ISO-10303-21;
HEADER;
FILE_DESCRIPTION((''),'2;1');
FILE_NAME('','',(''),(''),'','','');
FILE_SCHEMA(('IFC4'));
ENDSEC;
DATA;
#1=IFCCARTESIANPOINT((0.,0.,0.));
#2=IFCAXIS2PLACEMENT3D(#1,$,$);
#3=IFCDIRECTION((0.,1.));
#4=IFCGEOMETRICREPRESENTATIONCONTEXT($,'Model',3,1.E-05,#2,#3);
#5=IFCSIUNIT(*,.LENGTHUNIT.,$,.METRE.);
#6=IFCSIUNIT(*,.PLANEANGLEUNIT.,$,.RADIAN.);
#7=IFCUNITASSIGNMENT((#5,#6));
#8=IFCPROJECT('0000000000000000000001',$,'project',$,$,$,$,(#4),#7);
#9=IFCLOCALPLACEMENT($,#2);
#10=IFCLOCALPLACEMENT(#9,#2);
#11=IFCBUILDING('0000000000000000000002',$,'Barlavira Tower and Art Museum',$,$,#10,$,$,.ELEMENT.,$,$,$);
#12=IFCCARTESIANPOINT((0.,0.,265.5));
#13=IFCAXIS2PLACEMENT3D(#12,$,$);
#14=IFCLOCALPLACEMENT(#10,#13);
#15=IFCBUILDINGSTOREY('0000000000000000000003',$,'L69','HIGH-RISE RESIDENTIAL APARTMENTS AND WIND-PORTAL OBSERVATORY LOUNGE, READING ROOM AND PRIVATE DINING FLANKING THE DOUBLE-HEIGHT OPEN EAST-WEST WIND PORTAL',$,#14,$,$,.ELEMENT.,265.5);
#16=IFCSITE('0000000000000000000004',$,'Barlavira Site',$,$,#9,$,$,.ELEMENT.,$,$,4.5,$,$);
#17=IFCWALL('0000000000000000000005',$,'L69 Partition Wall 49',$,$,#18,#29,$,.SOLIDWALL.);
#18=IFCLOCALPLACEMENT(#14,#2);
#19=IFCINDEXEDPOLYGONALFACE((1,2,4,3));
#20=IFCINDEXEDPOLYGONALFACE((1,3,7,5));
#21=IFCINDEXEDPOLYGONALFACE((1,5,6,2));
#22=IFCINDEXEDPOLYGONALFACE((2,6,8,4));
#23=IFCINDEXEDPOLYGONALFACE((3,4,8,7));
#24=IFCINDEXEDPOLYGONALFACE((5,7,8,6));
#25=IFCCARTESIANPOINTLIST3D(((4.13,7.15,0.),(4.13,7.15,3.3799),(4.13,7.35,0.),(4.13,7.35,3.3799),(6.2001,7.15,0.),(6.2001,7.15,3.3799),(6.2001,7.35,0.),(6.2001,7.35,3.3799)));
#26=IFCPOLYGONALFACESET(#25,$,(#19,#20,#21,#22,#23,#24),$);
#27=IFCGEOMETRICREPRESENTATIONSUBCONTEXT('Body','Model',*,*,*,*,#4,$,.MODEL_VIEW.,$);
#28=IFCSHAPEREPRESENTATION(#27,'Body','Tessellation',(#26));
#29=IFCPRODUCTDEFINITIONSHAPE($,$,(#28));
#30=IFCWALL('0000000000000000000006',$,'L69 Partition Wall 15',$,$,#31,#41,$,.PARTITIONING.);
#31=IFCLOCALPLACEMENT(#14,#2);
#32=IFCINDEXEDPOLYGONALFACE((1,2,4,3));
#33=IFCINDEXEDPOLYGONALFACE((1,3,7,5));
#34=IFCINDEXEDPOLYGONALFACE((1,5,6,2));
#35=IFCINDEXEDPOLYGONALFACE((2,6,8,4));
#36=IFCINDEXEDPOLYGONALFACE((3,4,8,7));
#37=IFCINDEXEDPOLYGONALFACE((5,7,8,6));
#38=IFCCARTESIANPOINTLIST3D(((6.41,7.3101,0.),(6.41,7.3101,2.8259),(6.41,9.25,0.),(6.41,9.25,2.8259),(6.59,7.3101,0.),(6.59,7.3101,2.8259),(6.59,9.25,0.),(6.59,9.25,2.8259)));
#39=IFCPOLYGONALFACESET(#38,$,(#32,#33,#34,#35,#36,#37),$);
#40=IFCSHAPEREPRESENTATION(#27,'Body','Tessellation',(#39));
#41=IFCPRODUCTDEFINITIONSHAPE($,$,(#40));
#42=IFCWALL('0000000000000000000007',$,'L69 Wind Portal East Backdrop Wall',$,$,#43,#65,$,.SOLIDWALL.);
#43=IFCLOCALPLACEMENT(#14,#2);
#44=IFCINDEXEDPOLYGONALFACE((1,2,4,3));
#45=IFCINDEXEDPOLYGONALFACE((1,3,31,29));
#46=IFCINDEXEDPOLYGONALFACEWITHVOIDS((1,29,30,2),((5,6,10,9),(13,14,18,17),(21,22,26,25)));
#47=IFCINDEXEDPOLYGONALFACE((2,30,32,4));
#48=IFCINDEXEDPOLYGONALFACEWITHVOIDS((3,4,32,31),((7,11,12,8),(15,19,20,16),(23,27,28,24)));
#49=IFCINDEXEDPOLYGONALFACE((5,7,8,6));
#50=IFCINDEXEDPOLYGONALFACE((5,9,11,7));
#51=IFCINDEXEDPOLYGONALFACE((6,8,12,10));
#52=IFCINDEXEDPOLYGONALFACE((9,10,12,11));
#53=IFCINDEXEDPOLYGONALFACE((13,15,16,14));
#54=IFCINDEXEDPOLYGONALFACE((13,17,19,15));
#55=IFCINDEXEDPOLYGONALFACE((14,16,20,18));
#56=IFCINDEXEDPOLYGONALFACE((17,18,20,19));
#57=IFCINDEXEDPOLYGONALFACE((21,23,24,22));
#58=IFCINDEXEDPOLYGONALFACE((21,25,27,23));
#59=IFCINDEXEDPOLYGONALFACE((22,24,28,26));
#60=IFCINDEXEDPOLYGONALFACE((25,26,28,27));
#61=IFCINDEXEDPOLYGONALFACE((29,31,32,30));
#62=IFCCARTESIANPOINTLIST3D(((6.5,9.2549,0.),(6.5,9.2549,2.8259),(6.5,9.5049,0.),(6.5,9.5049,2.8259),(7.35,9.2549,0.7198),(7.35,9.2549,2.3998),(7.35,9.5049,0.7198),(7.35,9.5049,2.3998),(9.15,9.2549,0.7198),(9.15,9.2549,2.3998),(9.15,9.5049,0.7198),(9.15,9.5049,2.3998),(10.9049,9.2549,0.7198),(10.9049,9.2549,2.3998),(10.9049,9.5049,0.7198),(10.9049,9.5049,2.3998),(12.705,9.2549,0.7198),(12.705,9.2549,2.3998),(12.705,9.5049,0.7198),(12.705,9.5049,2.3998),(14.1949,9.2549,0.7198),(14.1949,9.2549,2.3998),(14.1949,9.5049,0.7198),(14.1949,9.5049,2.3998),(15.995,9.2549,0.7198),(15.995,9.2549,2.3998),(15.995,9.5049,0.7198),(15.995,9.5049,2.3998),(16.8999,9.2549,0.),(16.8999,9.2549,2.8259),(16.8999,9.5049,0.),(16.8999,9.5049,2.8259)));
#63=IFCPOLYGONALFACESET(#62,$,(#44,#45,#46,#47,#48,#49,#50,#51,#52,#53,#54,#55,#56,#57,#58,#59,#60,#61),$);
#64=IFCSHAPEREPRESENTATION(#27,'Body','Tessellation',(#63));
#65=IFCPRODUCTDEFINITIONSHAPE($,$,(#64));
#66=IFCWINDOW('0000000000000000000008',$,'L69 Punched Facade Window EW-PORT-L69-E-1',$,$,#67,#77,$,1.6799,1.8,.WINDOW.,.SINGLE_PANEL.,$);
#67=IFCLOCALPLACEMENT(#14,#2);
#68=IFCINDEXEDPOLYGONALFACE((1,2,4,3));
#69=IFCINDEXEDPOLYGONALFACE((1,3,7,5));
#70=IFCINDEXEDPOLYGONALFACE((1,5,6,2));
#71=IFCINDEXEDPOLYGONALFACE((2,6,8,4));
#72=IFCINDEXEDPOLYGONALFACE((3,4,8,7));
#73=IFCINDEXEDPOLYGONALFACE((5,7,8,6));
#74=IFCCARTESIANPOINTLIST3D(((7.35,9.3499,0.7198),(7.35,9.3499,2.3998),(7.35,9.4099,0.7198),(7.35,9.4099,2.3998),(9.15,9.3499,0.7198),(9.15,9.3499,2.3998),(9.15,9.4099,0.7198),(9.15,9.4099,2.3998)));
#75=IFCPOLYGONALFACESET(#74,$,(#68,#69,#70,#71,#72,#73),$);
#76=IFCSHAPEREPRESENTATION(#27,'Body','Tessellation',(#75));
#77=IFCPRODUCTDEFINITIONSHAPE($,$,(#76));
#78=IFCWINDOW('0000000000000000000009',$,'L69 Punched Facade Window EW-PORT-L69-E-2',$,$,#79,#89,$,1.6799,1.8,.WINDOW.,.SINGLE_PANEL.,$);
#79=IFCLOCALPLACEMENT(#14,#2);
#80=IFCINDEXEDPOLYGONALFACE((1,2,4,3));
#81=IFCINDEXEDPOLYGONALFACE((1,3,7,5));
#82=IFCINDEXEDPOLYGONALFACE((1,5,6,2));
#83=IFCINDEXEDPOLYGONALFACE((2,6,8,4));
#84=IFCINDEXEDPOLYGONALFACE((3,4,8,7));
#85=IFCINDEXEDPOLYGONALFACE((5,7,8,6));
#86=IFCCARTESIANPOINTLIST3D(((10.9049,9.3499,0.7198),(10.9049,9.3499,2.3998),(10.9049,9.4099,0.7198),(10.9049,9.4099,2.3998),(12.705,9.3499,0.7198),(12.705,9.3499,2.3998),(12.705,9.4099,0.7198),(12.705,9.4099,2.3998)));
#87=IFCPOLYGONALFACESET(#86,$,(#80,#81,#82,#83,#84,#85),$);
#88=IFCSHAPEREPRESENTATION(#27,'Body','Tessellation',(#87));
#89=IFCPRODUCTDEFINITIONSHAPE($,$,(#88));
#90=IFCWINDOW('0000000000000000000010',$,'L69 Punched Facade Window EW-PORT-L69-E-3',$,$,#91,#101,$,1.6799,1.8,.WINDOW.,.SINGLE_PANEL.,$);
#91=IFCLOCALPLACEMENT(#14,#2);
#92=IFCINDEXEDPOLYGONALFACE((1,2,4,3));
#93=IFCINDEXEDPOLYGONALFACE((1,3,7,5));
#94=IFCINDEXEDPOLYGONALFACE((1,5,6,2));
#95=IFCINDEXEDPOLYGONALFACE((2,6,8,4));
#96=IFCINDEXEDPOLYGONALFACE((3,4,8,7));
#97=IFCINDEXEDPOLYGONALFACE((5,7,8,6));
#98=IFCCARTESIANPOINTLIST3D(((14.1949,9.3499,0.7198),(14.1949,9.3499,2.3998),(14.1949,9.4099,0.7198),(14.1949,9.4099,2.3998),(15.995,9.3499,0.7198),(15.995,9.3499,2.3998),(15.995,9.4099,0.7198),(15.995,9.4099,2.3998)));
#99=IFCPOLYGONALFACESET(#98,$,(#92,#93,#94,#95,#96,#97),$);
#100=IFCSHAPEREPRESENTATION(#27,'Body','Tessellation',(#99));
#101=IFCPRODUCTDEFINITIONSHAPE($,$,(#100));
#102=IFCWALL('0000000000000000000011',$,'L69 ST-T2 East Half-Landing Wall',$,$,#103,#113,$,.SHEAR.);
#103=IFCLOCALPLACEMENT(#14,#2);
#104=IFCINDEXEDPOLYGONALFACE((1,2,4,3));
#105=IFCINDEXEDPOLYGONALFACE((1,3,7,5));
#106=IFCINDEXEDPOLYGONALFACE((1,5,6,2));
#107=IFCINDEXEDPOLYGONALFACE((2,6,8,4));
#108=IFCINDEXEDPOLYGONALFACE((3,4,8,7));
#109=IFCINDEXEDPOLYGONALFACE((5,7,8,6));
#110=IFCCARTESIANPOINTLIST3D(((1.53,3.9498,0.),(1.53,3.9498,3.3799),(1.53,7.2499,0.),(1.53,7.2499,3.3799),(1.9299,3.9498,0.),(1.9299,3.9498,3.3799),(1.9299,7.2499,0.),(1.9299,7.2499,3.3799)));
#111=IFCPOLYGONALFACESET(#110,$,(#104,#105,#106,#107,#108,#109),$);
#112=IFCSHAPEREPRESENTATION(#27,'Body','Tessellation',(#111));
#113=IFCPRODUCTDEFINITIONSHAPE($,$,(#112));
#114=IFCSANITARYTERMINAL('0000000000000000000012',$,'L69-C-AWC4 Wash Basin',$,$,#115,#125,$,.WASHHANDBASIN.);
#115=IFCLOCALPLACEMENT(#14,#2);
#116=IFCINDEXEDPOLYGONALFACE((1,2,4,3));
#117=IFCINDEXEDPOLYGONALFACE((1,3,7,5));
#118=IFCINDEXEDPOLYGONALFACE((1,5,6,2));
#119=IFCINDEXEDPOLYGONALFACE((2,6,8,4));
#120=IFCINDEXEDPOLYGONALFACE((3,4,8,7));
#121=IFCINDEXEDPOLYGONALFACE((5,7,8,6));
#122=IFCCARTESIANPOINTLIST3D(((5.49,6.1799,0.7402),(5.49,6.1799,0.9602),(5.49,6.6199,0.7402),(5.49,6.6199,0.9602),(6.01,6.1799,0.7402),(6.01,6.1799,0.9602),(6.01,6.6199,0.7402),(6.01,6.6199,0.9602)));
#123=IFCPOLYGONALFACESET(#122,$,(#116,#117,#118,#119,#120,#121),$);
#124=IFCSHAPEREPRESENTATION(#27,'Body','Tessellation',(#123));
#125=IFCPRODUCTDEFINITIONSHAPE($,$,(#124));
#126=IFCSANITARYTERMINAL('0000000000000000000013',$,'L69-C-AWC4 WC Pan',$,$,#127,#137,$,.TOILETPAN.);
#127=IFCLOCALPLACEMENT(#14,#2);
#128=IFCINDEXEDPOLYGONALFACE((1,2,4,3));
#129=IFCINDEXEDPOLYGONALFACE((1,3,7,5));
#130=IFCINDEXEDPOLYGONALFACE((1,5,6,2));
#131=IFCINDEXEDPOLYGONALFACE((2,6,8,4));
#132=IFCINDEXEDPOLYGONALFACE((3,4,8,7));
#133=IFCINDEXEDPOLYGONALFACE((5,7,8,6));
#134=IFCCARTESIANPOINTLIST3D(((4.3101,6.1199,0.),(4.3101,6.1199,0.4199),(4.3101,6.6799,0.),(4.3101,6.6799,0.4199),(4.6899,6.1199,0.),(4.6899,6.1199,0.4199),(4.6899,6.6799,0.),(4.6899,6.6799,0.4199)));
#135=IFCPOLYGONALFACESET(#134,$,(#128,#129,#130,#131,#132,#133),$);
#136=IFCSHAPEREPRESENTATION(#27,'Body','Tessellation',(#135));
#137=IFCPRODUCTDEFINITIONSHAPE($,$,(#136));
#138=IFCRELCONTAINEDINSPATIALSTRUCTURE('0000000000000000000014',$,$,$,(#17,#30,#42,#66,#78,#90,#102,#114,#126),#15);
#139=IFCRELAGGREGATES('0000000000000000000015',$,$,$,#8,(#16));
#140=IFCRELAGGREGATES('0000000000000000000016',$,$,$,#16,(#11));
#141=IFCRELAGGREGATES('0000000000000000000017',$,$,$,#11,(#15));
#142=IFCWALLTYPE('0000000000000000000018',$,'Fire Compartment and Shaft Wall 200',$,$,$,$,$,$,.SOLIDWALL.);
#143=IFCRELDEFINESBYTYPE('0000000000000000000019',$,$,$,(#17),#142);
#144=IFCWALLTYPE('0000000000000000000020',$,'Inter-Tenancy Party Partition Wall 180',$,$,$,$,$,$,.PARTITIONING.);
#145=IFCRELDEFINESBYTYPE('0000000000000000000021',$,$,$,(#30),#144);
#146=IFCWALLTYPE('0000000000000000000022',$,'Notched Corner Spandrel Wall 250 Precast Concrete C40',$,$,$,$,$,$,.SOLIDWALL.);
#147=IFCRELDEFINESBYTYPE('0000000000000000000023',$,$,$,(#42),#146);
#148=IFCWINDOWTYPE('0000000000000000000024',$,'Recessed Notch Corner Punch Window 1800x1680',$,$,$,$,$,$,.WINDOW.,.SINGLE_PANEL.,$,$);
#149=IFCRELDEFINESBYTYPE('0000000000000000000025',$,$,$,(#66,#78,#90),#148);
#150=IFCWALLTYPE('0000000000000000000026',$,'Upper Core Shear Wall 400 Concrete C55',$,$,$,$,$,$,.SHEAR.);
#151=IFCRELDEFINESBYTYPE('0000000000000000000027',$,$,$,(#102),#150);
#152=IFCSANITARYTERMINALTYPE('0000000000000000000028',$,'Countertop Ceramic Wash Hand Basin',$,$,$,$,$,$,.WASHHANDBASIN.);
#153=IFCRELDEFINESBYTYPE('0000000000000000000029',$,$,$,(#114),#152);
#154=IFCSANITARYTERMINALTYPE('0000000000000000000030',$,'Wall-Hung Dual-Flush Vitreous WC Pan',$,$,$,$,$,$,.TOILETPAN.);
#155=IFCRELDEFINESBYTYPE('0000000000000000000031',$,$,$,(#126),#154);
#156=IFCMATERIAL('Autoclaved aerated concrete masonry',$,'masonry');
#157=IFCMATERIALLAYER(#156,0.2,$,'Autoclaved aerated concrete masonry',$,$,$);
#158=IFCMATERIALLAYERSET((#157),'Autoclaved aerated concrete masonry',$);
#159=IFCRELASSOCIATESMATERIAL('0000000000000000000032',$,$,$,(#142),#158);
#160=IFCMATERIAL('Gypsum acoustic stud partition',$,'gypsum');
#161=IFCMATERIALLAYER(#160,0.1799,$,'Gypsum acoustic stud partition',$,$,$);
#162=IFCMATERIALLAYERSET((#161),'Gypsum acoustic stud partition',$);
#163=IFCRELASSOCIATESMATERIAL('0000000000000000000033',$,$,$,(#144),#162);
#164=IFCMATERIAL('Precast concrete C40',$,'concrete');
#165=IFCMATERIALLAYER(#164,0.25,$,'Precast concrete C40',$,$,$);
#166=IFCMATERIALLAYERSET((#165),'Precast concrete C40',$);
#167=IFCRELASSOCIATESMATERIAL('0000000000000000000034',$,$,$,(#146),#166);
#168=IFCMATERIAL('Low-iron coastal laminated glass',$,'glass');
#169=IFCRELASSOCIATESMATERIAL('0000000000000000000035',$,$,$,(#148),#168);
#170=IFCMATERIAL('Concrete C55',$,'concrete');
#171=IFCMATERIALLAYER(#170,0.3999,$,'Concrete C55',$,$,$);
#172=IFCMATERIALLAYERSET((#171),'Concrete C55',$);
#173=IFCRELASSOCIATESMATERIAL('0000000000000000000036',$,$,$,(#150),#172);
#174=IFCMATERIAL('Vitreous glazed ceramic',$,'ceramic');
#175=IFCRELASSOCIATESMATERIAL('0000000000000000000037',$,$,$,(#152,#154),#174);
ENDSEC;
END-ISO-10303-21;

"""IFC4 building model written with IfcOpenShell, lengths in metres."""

from ifc_helpers import new_model, si_unit, direction, frame, frame_2d, origin, origin_2d, place, context, subcontext, project, spatial, rectangle, extrude, material, layer, layer_set, type_object, element, fill, save


model = new_model("IFC4")

# Units and contexts
model_context = context("Model", 3, precision=1e-05, world=origin(), true_north=direction((0.0, 1.0)))
body_context = subcontext(model_context, "Body", "Model", "MODEL_VIEW")
ifc_project = project(units=[si_unit("LENGTHUNIT", "METRE"), si_unit("PLANEANGLEUNIT", "RADIAN")], contexts=[model_context])

# Site, building, storey
site_placement = place(None, origin())
site = spatial("IfcSite", under=ifc_project, at=site_placement, Name="Barlavira Site", CompositionType="ELEMENT", RefElevation=4.5)
building_placement = place(site_placement, origin())
building = spatial("IfcBuilding", under=site, at=building_placement, Name="Barlavira Tower and Art Museum", CompositionType="ELEMENT")
storey_placement = place(building_placement, frame((0.0, 0.0, 265.5)))
storey = spatial("IfcBuildingStorey", under=building, at=storey_placement, Name="L69", Description="HIGH-RISE RESIDENTIAL APARTMENTS AND WIND-PORTAL OBSERVATORY LOUNGE, READING ROOM AND PRIVATE DINING FLANKING THE DOUBLE-HEIGHT OPEN EAST-WEST WIND PORTAL", CompositionType="ELEMENT", Elevation=265.5)

# Shared definitions
ifc_material_1 = material(Name="Autoclaved aerated concrete masonry", Category="masonry")
ifc_layer_1 = layer(ifc_material_1, 0.2, Name="Autoclaved aerated concrete masonry")
ifc_layer_set_1 = layer_set([ifc_layer_1], Name="Autoclaved aerated concrete masonry")
wall_type_1 = type_object("IfcWallType", Name="Fire Compartment and Shaft Wall 200", PredefinedType="SOLIDWALL", material=ifc_layer_set_1)

# Walls
for number, where, z_axis, x_axis, name in (
    (1, (4.1299, 7.25, 0.0), (0.0, 0.0, 1.0), (1.0, 0.0, 0.0), "L69 Partition Wall 49"),
):
    element("IfcWall", number, at=place(storey_placement, frame(where, z_axis=z_axis, x_axis=x_axis)), inside=storey, type_object=wall_type_1, Name=name, PredefinedType="SOLIDWALL", context=body_context, shape_type="SweptSolid", body=[
        extrude(rectangle(XDim=2.0701, YDim=0.2, at=frame_2d((1.0352, 0.0))), origin(), (0.0, 0.0, 1.0), 3.3799),
    ])
ifc_material_2 = material(Name="Gypsum acoustic stud partition", Category="gypsum")
ifc_layer_2 = layer(ifc_material_2, 0.1799, Name="Gypsum acoustic stud partition")
ifc_layer_set_2 = layer_set([ifc_layer_2], Name="Gypsum acoustic stud partition")
wall_type_2 = type_object("IfcWallType", Name="Inter-Tenancy Party Partition Wall 180", PredefinedType="PARTITIONING", material=ifc_layer_set_2)
wall_1_placement = place(storey_placement, frame((6.5, 7.3101, 0.0), z_axis=(0.0, 0.0, 1.0), x_axis=(0.0, 1.0, 0.0)))
element("IfcWall", 2, at=wall_1_placement, inside=storey, type_object=wall_type_2, Name="L69 Partition Wall 15", PredefinedType="PARTITIONING", context=body_context, shape_type="SweptSolid", body=[
    extrude(rectangle(XDim=1.9399, YDim=0.1799, at=frame_2d((0.97, 0.0))), origin(), (0.0, 0.0, 1.0), 2.8259),
])

# Wall, openings, windows
ifc_material_3 = material(Name="Precast concrete C40", Category="concrete")
ifc_layer_3 = layer(ifc_material_3, 0.25, Name="Precast concrete C40")
ifc_layer_set_3 = layer_set([ifc_layer_3], Name="Precast concrete C40")
wall_type_3 = type_object("IfcWallType", Name="Notched Corner Spandrel Wall 250 Precast Concrete C40", PredefinedType="SOLIDWALL", material=ifc_layer_set_3)
wall_2_placement = place(storey_placement, frame((6.5, 9.3799, 0.0), z_axis=(0.0, 0.0, 1.0), x_axis=(1.0, 0.0, 0.0)))
wall_2 = element("IfcWall", 3, at=wall_2_placement, inside=storey, type_object=wall_type_3, Name="L69 Wind Portal East Backdrop Wall", PredefinedType="SOLIDWALL", context=body_context, shape_type="SweptSolid", body=[
    extrude(rectangle(XDim=10.3999, YDim=0.25, at=frame_2d((5.2, 0.0))), origin(), (0.0, 0.0, 1.0), 2.8259),
])
opening_1_placement = place(wall_2_placement, frame((0.8501, 0.0, 0.72)))
opening_1 = element("IfcOpeningElement", 4, at=opening_1_placement, cuts=wall_2, PredefinedType="OPENING", context=body_context, shape_type="SweptSolid", body=[
    extrude(rectangle(XDim=1.8, YDim=1.6799, at=frame_2d((0.8999, 0.8398))), frame((0.0, 0.135, 0.0), z_axis=(0.0, -1.0, 0.0), x_axis=(1.0, 0.0, 0.0)), (0.0, 0.0, 1.0), 0.27),
])
opening_2_placement = place(wall_2_placement, frame((4.405, 0.0, 0.72)))
opening_2 = element("IfcOpeningElement", 5, at=opening_2_placement, cuts=wall_2, PredefinedType="OPENING", context=body_context, shape_type="SweptSolid", body=[
    extrude(rectangle(XDim=1.8, YDim=1.6799, at=frame_2d((0.8999, 0.8398))), frame((0.0, 0.135, 0.0), z_axis=(0.0, -1.0, 0.0), x_axis=(1.0, 0.0, 0.0)), (0.0, 0.0, 1.0), 0.27),
])
opening_3_placement = place(wall_2_placement, frame((7.6951, 0.0, 0.72)))
opening_3 = element("IfcOpeningElement", 6, at=opening_3_placement, cuts=wall_2, PredefinedType="OPENING", context=body_context, shape_type="SweptSolid", body=[
    extrude(rectangle(XDim=1.8, YDim=1.6799, at=frame_2d((0.8999, 0.8398))), frame((0.0, 0.135, 0.0), z_axis=(0.0, -1.0, 0.0), x_axis=(1.0, 0.0, 0.0)), (0.0, 0.0, 1.0), 0.27),
])
ifc_material_4 = material(Name="Low-iron coastal laminated glass", Category="glass")
window_type = type_object("IfcWindowType", Name="Recessed Notch Corner Punch Window 1800x1680", PartitioningType="SINGLE_PANEL", PredefinedType="WINDOW", material=ifc_material_4)
window_1_placement = place(opening_1_placement, origin())
window_1 = element("IfcWindow", 7, at=window_1_placement, inside=storey, type_object=window_type, Name="L69 Punched Facade Window EW-PORT-L69-E-1", OverallHeight=1.6799, OverallWidth=1.8, PartitioningType="SINGLE_PANEL", PredefinedType="WINDOW", context=body_context, shape_type="SweptSolid", body=[
    extrude(rectangle(XDim=1.8, YDim=1.6799, at=frame_2d((0.8999, 0.8398))), frame((0.0, 0.03, 0.0), z_axis=(0.0, -1.0, 0.0), x_axis=(1.0, 0.0, 0.0)), (0.0, 0.0, 1.0), 0.0601),
])
fill(opening_1, window_1)
window_2_placement = place(opening_2_placement, origin())
window_2 = element("IfcWindow", 8, at=window_2_placement, inside=storey, type_object=window_type, Name="L69 Punched Facade Window EW-PORT-L69-E-2", OverallHeight=1.6799, OverallWidth=1.8, PartitioningType="SINGLE_PANEL", PredefinedType="WINDOW", context=body_context, shape_type="SweptSolid", body=[
    extrude(rectangle(XDim=1.8, YDim=1.6799, at=frame_2d((0.8999, 0.8398))), frame((0.0, 0.03, 0.0), z_axis=(0.0, -1.0, 0.0), x_axis=(1.0, 0.0, 0.0)), (0.0, 0.0, 1.0), 0.0601),
])
fill(opening_2, window_2)
window_3_placement = place(opening_3_placement, origin())
window_3 = element("IfcWindow", 9, at=window_3_placement, inside=storey, type_object=window_type, Name="L69 Punched Facade Window EW-PORT-L69-E-3", OverallHeight=1.6799, OverallWidth=1.8, PartitioningType="SINGLE_PANEL", PredefinedType="WINDOW", context=body_context, shape_type="SweptSolid", body=[
    extrude(rectangle(XDim=1.8, YDim=1.6799, at=frame_2d((0.8999, 0.8398))), frame((0.0, 0.03, 0.0), z_axis=(0.0, -1.0, 0.0), x_axis=(1.0, 0.0, 0.0)), (0.0, 0.0, 1.0), 0.0601),
])
fill(opening_3, window_3)

# Wall
ifc_material_5 = material(Name="Concrete C55", Category="concrete")
ifc_layer_4 = layer(ifc_material_5, 0.3999, Name="Concrete C55")
ifc_layer_set_4 = layer_set([ifc_layer_4], Name="Concrete C55")
wall_type_4 = type_object("IfcWallType", Name="Upper Core Shear Wall 400 Concrete C55", PredefinedType="SHEAR", material=ifc_layer_set_4)
wall_3_placement = place(storey_placement, frame((1.73, 3.95, 0.0), z_axis=(0.0, 0.0, 1.0), x_axis=(0.0, 1.0, 0.0)))
element("IfcWall", 10, at=wall_3_placement, inside=storey, type_object=wall_type_4, Name="L69 ST-T2 East Half-Landing Wall", PredefinedType="SHEAR", context=body_context, shape_type="SweptSolid", body=[
    extrude(rectangle(XDim=3.3, YDim=0.3999, at=frame_2d((1.6499, 0.0))), origin(), (0.0, 0.0, 1.0), 3.3799),
])

# Sanitary terminals
ifc_material_6 = material(Name="Vitreous glazed ceramic", Category="ceramic")
sanitary_terminal_type_1 = type_object("IfcSanitaryTerminalType", Name="Countertop Ceramic Wash Hand Basin", PredefinedType="WASHHANDBASIN", material=ifc_material_6)
sanitary_terminal_1_placement = place(storey_placement, frame((5.75, 6.3999, 0.7402), z_axis=(0.0, 0.0, 1.0), x_axis=(1.0, 0.0, 0.0)))
element("IfcSanitaryTerminal", 11, at=sanitary_terminal_1_placement, inside=storey, type_object=sanitary_terminal_type_1, Name="L69-C-AWC4 Wash Basin", PredefinedType="WASHHANDBASIN", context=body_context, shape_type="SweptSolid", body=[
    extrude(rectangle(XDim=0.52, YDim=0.4399, at=origin_2d()), origin(), (0.0, 0.0, 1.0), 0.22),
])
sanitary_terminal_type_2 = type_object("IfcSanitaryTerminalType", Name="Wall-Hung Dual-Flush Vitreous WC Pan", PredefinedType="TOILETPAN", material=ifc_material_6)
sanitary_terminal_2_placement = place(storey_placement, frame((4.5, 6.3999, 0.0), z_axis=(0.0, 0.0, 1.0), x_axis=(1.0, 0.0, 0.0)))
element("IfcSanitaryTerminal", 12, at=sanitary_terminal_2_placement, inside=storey, type_object=sanitary_terminal_type_2, Name="L69-C-AWC4 WC Pan", PredefinedType="TOILETPAN", context=body_context, shape_type="SweptSolid", body=[
    extrude(rectangle(XDim=0.3799, YDim=0.5601, at=origin_2d()), origin(), (0.0, 0.0, 1.0), 0.4199),
])

save(model, "model.ifc")
